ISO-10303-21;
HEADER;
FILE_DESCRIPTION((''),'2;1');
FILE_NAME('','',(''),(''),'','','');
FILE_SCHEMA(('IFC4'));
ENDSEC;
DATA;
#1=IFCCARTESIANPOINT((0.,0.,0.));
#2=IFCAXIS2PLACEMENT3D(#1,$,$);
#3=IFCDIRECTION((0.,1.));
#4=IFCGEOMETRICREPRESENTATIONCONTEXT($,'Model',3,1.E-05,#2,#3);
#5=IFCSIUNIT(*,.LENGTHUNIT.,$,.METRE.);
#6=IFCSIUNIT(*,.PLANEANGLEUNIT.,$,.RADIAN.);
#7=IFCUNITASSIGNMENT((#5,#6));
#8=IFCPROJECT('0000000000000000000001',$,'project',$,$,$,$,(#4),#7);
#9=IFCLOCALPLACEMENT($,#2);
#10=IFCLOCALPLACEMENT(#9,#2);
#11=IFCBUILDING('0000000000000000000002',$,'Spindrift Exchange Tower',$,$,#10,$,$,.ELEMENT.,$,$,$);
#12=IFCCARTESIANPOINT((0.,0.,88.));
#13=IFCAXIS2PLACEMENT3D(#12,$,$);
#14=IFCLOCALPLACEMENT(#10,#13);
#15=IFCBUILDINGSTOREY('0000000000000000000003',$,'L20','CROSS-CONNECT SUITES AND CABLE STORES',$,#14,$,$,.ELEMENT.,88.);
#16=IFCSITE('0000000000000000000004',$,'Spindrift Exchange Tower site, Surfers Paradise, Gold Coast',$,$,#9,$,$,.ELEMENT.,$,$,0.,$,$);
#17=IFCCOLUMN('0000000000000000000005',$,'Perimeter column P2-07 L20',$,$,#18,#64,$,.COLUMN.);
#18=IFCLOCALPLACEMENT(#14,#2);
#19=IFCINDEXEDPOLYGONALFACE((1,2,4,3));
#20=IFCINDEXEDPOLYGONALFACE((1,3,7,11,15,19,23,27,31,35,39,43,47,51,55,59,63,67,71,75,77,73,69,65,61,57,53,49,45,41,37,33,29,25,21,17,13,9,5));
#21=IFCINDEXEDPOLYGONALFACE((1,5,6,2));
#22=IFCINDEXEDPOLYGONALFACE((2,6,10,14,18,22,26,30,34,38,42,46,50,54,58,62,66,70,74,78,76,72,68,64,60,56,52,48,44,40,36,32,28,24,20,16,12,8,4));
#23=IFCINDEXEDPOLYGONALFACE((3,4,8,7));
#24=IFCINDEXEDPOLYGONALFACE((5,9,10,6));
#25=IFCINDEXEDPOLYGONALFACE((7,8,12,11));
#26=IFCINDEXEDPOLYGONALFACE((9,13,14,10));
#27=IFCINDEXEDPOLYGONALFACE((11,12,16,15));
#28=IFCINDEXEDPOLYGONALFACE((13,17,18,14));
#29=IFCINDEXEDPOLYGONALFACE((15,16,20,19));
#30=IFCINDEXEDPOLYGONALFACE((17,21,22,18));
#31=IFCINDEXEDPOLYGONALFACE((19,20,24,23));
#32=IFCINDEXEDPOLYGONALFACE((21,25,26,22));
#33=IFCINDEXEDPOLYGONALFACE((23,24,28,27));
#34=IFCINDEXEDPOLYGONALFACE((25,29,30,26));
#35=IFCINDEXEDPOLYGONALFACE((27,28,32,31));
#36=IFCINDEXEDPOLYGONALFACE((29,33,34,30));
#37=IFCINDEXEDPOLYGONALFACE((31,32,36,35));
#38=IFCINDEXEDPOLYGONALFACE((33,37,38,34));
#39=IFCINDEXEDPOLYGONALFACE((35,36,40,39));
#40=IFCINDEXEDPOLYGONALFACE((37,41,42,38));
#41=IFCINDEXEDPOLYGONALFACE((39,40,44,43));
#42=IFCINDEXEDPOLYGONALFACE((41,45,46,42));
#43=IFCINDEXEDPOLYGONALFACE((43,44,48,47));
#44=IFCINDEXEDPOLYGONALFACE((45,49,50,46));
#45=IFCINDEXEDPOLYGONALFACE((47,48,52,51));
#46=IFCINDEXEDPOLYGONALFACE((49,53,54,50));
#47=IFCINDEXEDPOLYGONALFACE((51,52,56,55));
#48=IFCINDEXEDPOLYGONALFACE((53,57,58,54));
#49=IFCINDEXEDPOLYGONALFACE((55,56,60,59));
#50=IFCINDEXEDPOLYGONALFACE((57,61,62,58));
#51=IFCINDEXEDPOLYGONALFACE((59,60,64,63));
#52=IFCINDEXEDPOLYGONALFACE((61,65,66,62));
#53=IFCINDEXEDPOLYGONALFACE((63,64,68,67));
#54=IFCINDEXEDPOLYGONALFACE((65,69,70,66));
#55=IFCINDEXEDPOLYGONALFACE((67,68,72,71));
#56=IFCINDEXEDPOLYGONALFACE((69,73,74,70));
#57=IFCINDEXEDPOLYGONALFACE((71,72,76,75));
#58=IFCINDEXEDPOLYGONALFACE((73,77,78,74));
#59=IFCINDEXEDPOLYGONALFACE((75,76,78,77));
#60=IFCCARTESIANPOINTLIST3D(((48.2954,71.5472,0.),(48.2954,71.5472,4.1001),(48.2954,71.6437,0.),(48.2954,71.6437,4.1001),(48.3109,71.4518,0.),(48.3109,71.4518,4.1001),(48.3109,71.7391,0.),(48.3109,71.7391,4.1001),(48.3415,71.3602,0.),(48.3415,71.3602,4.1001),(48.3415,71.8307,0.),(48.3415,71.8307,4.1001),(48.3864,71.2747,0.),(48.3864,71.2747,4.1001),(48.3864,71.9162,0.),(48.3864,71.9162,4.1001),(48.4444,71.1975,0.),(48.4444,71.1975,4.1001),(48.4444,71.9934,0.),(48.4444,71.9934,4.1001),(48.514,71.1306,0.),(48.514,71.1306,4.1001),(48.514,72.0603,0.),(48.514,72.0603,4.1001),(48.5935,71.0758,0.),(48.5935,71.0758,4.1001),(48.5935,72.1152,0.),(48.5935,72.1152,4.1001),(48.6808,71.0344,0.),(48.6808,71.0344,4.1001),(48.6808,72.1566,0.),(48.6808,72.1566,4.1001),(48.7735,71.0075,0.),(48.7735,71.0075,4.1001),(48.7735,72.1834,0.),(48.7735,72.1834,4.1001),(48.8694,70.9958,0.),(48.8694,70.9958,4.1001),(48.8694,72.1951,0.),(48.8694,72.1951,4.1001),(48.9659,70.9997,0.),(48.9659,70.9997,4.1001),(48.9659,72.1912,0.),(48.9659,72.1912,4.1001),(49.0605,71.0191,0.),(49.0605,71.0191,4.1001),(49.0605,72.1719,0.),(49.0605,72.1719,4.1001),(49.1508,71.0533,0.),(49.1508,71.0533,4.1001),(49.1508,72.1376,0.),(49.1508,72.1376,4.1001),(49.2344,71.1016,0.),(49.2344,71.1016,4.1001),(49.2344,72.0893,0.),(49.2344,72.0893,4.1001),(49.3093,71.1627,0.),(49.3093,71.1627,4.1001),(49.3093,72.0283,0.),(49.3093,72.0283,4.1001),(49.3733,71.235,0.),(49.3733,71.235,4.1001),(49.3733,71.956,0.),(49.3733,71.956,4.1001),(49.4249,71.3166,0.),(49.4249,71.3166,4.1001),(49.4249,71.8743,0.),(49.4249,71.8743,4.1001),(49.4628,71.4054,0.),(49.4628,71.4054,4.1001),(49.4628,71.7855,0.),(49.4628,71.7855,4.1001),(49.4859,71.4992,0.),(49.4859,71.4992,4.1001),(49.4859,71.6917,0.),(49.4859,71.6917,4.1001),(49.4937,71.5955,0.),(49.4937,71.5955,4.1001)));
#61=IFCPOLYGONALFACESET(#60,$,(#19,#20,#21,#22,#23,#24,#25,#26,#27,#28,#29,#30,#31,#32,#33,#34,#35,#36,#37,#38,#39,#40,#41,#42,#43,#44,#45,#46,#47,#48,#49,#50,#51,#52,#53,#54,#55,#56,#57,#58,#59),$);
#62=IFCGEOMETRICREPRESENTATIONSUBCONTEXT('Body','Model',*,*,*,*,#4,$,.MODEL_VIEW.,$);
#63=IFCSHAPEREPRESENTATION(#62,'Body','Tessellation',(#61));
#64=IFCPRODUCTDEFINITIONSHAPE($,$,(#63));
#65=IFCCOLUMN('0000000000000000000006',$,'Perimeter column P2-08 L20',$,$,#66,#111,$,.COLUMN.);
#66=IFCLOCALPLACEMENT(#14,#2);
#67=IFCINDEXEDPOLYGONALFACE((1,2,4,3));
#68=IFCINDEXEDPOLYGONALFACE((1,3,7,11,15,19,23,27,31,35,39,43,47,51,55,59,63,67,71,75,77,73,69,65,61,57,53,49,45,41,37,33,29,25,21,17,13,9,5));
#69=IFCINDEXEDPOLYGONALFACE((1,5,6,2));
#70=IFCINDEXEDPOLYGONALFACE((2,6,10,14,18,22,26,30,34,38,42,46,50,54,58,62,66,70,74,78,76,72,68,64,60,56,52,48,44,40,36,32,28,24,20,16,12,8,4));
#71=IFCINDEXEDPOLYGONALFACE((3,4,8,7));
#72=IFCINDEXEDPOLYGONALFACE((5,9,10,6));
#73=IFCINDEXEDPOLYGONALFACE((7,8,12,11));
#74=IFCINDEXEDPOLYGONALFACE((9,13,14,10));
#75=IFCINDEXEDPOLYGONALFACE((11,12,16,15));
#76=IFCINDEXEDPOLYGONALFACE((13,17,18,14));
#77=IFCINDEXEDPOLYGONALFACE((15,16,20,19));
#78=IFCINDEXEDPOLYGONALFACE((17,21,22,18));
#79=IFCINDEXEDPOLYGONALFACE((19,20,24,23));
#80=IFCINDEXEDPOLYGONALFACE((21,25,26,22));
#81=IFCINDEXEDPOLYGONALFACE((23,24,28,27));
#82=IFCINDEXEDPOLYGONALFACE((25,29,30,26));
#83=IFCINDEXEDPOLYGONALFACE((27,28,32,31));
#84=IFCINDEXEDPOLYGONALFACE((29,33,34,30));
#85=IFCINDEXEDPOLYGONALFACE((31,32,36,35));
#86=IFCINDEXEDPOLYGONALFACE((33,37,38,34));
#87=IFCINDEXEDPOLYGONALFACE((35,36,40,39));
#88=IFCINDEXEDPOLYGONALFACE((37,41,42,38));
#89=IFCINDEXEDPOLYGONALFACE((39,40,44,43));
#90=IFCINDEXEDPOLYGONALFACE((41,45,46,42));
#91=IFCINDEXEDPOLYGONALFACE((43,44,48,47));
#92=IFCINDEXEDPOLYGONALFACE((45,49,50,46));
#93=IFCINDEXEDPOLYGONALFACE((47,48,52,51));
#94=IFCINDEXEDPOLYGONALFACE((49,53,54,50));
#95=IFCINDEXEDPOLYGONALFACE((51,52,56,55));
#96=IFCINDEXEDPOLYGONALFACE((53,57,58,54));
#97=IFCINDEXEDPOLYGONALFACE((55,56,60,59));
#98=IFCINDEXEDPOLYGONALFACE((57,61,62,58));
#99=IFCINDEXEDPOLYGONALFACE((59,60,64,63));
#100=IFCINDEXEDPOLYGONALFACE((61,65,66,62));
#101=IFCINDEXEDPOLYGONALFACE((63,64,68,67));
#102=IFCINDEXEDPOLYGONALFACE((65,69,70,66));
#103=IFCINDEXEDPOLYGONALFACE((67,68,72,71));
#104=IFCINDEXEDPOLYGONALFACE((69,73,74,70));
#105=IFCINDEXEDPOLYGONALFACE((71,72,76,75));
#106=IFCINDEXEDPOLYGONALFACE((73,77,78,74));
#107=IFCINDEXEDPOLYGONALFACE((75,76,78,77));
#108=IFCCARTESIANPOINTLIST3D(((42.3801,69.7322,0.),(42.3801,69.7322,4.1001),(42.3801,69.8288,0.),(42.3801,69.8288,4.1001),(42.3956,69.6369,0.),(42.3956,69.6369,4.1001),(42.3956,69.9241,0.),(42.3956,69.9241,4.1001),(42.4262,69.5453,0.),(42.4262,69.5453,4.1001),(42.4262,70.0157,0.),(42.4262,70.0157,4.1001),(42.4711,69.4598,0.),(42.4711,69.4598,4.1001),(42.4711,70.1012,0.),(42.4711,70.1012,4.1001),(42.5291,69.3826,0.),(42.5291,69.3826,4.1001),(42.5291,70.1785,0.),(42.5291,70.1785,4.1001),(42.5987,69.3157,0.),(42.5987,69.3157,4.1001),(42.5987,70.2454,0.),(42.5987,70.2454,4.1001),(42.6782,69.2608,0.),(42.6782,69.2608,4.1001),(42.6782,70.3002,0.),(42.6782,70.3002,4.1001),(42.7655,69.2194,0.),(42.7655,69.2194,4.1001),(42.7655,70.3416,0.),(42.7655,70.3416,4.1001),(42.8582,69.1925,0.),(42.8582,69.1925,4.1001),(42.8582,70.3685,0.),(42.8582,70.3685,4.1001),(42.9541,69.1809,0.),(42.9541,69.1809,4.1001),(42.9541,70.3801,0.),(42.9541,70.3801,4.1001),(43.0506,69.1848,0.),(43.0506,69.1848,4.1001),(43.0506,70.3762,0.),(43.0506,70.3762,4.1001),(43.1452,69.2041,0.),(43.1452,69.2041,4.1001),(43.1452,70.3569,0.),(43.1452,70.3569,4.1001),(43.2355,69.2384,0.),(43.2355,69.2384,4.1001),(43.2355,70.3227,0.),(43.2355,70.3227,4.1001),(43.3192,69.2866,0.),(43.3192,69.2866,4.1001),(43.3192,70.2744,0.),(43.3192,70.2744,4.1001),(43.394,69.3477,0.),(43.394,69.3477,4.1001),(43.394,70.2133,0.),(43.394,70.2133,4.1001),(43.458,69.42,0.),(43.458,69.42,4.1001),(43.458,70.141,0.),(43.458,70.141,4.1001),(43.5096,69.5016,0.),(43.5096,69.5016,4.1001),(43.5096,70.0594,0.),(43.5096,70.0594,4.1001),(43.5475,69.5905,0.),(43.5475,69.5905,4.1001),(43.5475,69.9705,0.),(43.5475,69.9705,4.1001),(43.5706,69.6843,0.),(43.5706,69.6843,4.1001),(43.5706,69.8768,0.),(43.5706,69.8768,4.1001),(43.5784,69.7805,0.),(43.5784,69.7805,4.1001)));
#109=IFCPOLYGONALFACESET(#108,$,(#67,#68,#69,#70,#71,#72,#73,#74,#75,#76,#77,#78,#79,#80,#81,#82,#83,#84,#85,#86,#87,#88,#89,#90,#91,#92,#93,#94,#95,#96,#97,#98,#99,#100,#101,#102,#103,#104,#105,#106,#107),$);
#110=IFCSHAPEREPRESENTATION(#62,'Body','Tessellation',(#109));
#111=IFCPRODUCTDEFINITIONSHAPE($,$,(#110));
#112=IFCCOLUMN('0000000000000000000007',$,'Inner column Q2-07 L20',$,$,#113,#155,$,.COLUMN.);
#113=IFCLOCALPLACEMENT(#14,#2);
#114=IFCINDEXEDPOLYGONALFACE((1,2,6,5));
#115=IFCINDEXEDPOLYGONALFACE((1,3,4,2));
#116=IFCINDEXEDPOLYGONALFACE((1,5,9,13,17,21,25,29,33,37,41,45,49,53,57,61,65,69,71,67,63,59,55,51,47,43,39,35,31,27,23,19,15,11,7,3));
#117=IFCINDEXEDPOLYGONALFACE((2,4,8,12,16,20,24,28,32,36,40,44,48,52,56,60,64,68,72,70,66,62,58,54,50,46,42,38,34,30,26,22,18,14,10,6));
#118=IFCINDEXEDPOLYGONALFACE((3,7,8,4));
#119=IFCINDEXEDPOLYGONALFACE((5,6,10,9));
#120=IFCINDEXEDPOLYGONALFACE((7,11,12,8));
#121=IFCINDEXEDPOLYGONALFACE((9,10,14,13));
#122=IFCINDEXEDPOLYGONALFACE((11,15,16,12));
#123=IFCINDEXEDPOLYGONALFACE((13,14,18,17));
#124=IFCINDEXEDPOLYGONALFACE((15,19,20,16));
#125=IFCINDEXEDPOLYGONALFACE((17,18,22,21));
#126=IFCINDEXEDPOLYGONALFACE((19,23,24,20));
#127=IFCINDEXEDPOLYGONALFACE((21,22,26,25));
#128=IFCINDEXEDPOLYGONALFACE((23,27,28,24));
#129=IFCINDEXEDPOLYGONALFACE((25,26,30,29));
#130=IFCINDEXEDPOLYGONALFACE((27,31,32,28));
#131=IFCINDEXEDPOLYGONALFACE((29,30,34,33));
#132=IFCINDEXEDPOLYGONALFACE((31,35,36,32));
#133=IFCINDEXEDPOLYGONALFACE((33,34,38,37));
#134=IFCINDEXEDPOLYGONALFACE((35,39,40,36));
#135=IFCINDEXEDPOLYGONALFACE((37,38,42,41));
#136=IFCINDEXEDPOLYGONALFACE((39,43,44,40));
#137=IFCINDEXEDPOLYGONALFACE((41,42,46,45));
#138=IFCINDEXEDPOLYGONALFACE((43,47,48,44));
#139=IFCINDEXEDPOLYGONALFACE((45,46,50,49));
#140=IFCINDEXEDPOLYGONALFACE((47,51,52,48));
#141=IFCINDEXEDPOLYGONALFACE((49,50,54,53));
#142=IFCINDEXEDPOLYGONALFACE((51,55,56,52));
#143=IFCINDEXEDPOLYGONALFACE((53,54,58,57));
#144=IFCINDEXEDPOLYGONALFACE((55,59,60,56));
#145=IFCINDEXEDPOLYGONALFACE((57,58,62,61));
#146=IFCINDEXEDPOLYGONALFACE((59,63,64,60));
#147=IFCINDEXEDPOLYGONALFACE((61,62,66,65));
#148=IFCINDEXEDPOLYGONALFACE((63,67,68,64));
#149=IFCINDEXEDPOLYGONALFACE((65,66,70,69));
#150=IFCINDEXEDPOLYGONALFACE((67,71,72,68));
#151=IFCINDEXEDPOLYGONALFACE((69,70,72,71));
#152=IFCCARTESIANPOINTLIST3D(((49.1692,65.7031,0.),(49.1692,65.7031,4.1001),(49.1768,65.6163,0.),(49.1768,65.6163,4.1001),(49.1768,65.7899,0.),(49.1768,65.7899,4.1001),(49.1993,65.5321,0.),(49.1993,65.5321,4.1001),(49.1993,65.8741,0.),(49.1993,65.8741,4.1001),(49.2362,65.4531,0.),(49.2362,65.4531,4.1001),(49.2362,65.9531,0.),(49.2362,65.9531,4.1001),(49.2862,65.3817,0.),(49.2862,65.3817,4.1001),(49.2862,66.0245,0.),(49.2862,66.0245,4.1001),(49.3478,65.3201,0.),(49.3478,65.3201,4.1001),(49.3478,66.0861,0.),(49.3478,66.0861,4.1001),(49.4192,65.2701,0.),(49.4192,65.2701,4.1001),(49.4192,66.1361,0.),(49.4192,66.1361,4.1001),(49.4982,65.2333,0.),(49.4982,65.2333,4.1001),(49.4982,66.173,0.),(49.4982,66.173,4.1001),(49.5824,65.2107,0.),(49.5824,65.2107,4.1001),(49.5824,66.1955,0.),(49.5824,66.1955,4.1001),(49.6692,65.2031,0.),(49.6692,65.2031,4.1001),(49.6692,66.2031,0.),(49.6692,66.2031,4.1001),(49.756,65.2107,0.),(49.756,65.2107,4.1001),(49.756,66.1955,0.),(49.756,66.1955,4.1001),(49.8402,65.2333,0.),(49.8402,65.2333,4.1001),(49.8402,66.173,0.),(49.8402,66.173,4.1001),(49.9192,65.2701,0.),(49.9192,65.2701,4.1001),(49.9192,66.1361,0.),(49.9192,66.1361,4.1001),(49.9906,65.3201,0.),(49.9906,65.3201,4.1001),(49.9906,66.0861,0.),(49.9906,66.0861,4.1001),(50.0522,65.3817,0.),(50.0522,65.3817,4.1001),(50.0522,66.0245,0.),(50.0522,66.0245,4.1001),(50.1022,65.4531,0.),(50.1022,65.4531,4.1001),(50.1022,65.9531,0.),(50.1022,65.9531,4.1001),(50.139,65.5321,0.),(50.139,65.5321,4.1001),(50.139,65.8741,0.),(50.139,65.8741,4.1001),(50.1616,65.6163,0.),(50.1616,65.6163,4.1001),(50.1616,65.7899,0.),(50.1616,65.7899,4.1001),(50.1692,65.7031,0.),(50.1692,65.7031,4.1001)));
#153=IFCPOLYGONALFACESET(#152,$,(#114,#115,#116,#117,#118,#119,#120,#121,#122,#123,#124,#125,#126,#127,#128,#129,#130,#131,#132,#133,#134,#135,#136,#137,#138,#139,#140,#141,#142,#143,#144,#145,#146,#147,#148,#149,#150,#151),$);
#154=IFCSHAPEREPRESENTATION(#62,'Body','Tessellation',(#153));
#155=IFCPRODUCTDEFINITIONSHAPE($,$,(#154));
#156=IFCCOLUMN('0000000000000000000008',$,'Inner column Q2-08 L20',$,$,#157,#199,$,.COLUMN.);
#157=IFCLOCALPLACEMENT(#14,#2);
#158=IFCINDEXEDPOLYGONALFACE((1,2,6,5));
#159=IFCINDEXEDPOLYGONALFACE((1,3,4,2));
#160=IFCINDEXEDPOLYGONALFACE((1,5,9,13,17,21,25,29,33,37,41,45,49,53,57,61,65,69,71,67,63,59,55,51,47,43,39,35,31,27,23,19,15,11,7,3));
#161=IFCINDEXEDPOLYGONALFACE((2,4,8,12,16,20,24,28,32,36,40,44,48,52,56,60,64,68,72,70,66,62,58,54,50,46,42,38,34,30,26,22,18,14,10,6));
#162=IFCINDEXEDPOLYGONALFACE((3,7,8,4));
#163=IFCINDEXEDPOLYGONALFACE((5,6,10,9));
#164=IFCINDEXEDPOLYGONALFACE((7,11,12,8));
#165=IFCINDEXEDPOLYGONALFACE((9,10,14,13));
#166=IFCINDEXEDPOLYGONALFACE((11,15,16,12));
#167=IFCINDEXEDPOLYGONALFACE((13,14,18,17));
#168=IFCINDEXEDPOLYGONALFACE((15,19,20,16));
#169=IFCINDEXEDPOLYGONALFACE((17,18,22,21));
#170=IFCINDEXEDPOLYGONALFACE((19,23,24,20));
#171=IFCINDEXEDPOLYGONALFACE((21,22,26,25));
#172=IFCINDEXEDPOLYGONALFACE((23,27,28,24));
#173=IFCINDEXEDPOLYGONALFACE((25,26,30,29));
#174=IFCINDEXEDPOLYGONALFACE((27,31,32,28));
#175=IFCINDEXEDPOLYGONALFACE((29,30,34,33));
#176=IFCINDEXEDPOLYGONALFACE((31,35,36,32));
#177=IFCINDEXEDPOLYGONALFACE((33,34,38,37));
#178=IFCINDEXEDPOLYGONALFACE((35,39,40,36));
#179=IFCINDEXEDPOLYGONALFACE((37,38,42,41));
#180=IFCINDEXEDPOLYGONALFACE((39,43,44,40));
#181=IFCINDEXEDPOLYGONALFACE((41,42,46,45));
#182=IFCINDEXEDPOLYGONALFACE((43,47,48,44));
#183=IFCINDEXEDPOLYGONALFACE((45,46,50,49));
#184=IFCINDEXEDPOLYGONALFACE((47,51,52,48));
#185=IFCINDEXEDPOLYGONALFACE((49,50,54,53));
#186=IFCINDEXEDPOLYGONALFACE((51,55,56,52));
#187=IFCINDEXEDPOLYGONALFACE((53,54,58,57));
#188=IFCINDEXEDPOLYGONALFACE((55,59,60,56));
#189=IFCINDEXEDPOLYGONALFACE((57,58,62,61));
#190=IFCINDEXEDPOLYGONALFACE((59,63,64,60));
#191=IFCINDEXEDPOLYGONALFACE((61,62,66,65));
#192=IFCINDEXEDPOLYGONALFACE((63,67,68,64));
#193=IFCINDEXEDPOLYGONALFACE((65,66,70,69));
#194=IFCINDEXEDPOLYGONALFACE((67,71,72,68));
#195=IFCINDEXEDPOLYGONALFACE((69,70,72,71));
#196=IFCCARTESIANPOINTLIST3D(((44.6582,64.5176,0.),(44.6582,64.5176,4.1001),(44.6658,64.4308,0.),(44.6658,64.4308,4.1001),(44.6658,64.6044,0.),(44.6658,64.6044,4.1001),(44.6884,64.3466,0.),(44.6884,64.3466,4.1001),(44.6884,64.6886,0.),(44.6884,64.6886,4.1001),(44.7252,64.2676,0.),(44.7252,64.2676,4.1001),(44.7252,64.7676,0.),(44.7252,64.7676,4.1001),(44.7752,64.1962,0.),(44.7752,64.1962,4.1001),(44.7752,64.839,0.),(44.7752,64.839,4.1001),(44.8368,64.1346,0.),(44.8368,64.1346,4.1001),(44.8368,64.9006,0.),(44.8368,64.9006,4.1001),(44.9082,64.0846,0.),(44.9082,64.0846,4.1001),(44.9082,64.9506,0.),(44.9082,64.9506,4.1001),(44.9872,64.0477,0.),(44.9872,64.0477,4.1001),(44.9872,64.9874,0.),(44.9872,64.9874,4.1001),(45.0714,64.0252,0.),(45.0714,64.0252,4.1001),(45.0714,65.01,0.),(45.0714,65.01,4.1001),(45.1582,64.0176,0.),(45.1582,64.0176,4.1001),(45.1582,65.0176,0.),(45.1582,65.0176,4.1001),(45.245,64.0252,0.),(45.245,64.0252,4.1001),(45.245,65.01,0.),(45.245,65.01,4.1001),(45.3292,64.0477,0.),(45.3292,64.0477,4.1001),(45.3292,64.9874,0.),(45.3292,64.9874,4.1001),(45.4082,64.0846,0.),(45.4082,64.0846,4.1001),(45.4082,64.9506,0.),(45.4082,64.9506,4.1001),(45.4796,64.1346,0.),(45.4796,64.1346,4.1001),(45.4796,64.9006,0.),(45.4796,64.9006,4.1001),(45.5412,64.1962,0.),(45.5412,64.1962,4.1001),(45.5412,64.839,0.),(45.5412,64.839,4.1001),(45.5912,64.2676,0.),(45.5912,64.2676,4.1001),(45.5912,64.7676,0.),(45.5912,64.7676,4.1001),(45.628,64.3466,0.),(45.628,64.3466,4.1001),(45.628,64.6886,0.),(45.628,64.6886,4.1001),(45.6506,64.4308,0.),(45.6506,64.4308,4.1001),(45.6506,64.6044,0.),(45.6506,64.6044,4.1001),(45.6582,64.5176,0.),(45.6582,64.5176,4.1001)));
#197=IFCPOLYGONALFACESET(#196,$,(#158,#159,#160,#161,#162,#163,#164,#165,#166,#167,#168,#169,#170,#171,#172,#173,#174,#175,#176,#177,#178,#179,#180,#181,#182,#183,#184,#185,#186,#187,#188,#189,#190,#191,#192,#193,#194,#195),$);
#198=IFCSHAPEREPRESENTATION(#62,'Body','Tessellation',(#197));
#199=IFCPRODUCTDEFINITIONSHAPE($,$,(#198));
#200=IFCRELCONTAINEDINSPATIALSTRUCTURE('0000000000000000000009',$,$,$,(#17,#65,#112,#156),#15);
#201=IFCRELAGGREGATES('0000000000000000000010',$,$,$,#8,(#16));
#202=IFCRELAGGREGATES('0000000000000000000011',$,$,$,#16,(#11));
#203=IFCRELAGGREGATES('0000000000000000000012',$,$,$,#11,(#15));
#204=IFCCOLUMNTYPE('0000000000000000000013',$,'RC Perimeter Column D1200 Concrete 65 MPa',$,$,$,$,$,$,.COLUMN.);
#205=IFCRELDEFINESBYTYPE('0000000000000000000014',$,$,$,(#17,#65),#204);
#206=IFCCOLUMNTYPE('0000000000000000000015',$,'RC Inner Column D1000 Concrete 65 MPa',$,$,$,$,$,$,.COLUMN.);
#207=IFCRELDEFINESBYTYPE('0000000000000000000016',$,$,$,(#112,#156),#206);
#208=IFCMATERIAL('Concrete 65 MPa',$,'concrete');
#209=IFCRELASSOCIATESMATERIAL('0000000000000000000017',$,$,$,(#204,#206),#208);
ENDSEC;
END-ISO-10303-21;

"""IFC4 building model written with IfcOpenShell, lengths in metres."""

from ifc_helpers import new_model, si_unit, direction, frame, origin, origin_2d, place, context, subcontext, project, spatial, circle, extrude, source, transform, mapped, material, material_profile, profile_set, type_object, element, save


model = new_model("IFC4")

# Units and contexts
model_context = context("Model", 3, precision=1e-05, world=origin(), true_north=direction((0.0, 1.0)))
body_context = subcontext(model_context, "Body", "Model", "MODEL_VIEW")
ifc_project = project(units=[si_unit("LENGTHUNIT", "METRE"), si_unit("PLANEANGLEUNIT", "RADIAN")], contexts=[model_context])

# Site, building, storey
site_placement = place(None, origin())
site = spatial("IfcSite", under=ifc_project, at=site_placement, Name="Spindrift Exchange Tower site, Surfers Paradise, Gold Coast", CompositionType="ELEMENT", RefElevation=0.0)
building_placement = place(site_placement, origin())
building = spatial("IfcBuilding", under=site, at=building_placement, Name="Spindrift Exchange Tower", CompositionType="ELEMENT")
storey_placement = place(building_placement, frame((0.0, 0.0, 88.0)))
storey = spatial("IfcBuildingStorey", under=building, at=storey_placement, Name="L20", Description="CROSS-CONNECT SUITES AND CABLE STORES", CompositionType="ELEMENT", Elevation=88.0)

# Columns
ifc_material_1 = material(Name="Concrete 65 MPa", Category="concrete")
ifc_material_profile_1 = material_profile(ifc_material_1, circle(Radius=0.6001, at=origin_2d()), Name="RC D1200")
ifc_profile_set_1 = profile_set([ifc_material_profile_1], Name="Concrete 65 MPa")
column_type_1 = type_object("IfcColumnType", Name="RC Perimeter Column D1200 Concrete 65 MPa", PredefinedType="COLUMN", material=ifc_profile_set_1)
shared_shape_1 = source(origin(), body_context, "Body", "SweptSolid", [
    extrude(circle(Radius=0.6001, at=origin_2d()), origin(), (0.0, 0.0, 1.0), 4.1001),
])
for number, where, z_axis, x_axis, name in (
    (1, (48.8936, 71.5955, 0.0), (0.0, 0.0, 1.0), (1.0, 0.0, 0.0), "Perimeter column P2-07 L20"),
    (2, (42.9783, 69.7805, 0.0), (0.0, 0.0, 1.0), (1.0, 0.0, 0.0), "Perimeter column P2-08 L20"),
):
    element("IfcColumn", number, at=place(storey_placement, frame(where, z_axis=z_axis, x_axis=x_axis)), inside=storey, type_object=column_type_1, Name=name, PredefinedType="COLUMN", context=body_context, shape_type="MappedRepresentation", body=[
        mapped(shared_shape_1, transform((0.0, 0.0, 0.0), scale=1.0)),
    ])
ifc_material_profile_2 = material_profile(ifc_material_1, circle(Radius=0.5, at=origin_2d()), Name="RC D1000")
ifc_profile_set_2 = profile_set([ifc_material_profile_2], Name="Concrete 65 MPa")
column_type_2 = type_object("IfcColumnType", Name="RC Inner Column D1000 Concrete 65 MPa", PredefinedType="COLUMN", material=ifc_profile_set_2)
shared_shape_2 = source(origin(), body_context, "Body", "SweptSolid", [
    extrude(circle(Radius=0.5, at=origin_2d()), origin(), (0.0, 0.0, 1.0), 4.1001),
])
for number, where, z_axis, x_axis, name in (
    (3, (49.6692, 65.7031, 0.0), (0.0, 0.0, 1.0), (1.0, 0.0, 0.0), "Inner column Q2-07 L20"),
    (4, (45.1582, 64.5176, 0.0), (0.0, 0.0, 1.0), (1.0, 0.0, 0.0), "Inner column Q2-08 L20"),
):
    element("IfcColumn", number, at=place(storey_placement, frame(where, z_axis=z_axis, x_axis=x_axis)), inside=storey, type_object=column_type_2, Name=name, PredefinedType="COLUMN", context=body_context, shape_type="MappedRepresentation", body=[
        mapped(shared_shape_2, transform((0.0, 0.0, 0.0), scale=1.0)),
    ])

save(model, "model.ifc")
